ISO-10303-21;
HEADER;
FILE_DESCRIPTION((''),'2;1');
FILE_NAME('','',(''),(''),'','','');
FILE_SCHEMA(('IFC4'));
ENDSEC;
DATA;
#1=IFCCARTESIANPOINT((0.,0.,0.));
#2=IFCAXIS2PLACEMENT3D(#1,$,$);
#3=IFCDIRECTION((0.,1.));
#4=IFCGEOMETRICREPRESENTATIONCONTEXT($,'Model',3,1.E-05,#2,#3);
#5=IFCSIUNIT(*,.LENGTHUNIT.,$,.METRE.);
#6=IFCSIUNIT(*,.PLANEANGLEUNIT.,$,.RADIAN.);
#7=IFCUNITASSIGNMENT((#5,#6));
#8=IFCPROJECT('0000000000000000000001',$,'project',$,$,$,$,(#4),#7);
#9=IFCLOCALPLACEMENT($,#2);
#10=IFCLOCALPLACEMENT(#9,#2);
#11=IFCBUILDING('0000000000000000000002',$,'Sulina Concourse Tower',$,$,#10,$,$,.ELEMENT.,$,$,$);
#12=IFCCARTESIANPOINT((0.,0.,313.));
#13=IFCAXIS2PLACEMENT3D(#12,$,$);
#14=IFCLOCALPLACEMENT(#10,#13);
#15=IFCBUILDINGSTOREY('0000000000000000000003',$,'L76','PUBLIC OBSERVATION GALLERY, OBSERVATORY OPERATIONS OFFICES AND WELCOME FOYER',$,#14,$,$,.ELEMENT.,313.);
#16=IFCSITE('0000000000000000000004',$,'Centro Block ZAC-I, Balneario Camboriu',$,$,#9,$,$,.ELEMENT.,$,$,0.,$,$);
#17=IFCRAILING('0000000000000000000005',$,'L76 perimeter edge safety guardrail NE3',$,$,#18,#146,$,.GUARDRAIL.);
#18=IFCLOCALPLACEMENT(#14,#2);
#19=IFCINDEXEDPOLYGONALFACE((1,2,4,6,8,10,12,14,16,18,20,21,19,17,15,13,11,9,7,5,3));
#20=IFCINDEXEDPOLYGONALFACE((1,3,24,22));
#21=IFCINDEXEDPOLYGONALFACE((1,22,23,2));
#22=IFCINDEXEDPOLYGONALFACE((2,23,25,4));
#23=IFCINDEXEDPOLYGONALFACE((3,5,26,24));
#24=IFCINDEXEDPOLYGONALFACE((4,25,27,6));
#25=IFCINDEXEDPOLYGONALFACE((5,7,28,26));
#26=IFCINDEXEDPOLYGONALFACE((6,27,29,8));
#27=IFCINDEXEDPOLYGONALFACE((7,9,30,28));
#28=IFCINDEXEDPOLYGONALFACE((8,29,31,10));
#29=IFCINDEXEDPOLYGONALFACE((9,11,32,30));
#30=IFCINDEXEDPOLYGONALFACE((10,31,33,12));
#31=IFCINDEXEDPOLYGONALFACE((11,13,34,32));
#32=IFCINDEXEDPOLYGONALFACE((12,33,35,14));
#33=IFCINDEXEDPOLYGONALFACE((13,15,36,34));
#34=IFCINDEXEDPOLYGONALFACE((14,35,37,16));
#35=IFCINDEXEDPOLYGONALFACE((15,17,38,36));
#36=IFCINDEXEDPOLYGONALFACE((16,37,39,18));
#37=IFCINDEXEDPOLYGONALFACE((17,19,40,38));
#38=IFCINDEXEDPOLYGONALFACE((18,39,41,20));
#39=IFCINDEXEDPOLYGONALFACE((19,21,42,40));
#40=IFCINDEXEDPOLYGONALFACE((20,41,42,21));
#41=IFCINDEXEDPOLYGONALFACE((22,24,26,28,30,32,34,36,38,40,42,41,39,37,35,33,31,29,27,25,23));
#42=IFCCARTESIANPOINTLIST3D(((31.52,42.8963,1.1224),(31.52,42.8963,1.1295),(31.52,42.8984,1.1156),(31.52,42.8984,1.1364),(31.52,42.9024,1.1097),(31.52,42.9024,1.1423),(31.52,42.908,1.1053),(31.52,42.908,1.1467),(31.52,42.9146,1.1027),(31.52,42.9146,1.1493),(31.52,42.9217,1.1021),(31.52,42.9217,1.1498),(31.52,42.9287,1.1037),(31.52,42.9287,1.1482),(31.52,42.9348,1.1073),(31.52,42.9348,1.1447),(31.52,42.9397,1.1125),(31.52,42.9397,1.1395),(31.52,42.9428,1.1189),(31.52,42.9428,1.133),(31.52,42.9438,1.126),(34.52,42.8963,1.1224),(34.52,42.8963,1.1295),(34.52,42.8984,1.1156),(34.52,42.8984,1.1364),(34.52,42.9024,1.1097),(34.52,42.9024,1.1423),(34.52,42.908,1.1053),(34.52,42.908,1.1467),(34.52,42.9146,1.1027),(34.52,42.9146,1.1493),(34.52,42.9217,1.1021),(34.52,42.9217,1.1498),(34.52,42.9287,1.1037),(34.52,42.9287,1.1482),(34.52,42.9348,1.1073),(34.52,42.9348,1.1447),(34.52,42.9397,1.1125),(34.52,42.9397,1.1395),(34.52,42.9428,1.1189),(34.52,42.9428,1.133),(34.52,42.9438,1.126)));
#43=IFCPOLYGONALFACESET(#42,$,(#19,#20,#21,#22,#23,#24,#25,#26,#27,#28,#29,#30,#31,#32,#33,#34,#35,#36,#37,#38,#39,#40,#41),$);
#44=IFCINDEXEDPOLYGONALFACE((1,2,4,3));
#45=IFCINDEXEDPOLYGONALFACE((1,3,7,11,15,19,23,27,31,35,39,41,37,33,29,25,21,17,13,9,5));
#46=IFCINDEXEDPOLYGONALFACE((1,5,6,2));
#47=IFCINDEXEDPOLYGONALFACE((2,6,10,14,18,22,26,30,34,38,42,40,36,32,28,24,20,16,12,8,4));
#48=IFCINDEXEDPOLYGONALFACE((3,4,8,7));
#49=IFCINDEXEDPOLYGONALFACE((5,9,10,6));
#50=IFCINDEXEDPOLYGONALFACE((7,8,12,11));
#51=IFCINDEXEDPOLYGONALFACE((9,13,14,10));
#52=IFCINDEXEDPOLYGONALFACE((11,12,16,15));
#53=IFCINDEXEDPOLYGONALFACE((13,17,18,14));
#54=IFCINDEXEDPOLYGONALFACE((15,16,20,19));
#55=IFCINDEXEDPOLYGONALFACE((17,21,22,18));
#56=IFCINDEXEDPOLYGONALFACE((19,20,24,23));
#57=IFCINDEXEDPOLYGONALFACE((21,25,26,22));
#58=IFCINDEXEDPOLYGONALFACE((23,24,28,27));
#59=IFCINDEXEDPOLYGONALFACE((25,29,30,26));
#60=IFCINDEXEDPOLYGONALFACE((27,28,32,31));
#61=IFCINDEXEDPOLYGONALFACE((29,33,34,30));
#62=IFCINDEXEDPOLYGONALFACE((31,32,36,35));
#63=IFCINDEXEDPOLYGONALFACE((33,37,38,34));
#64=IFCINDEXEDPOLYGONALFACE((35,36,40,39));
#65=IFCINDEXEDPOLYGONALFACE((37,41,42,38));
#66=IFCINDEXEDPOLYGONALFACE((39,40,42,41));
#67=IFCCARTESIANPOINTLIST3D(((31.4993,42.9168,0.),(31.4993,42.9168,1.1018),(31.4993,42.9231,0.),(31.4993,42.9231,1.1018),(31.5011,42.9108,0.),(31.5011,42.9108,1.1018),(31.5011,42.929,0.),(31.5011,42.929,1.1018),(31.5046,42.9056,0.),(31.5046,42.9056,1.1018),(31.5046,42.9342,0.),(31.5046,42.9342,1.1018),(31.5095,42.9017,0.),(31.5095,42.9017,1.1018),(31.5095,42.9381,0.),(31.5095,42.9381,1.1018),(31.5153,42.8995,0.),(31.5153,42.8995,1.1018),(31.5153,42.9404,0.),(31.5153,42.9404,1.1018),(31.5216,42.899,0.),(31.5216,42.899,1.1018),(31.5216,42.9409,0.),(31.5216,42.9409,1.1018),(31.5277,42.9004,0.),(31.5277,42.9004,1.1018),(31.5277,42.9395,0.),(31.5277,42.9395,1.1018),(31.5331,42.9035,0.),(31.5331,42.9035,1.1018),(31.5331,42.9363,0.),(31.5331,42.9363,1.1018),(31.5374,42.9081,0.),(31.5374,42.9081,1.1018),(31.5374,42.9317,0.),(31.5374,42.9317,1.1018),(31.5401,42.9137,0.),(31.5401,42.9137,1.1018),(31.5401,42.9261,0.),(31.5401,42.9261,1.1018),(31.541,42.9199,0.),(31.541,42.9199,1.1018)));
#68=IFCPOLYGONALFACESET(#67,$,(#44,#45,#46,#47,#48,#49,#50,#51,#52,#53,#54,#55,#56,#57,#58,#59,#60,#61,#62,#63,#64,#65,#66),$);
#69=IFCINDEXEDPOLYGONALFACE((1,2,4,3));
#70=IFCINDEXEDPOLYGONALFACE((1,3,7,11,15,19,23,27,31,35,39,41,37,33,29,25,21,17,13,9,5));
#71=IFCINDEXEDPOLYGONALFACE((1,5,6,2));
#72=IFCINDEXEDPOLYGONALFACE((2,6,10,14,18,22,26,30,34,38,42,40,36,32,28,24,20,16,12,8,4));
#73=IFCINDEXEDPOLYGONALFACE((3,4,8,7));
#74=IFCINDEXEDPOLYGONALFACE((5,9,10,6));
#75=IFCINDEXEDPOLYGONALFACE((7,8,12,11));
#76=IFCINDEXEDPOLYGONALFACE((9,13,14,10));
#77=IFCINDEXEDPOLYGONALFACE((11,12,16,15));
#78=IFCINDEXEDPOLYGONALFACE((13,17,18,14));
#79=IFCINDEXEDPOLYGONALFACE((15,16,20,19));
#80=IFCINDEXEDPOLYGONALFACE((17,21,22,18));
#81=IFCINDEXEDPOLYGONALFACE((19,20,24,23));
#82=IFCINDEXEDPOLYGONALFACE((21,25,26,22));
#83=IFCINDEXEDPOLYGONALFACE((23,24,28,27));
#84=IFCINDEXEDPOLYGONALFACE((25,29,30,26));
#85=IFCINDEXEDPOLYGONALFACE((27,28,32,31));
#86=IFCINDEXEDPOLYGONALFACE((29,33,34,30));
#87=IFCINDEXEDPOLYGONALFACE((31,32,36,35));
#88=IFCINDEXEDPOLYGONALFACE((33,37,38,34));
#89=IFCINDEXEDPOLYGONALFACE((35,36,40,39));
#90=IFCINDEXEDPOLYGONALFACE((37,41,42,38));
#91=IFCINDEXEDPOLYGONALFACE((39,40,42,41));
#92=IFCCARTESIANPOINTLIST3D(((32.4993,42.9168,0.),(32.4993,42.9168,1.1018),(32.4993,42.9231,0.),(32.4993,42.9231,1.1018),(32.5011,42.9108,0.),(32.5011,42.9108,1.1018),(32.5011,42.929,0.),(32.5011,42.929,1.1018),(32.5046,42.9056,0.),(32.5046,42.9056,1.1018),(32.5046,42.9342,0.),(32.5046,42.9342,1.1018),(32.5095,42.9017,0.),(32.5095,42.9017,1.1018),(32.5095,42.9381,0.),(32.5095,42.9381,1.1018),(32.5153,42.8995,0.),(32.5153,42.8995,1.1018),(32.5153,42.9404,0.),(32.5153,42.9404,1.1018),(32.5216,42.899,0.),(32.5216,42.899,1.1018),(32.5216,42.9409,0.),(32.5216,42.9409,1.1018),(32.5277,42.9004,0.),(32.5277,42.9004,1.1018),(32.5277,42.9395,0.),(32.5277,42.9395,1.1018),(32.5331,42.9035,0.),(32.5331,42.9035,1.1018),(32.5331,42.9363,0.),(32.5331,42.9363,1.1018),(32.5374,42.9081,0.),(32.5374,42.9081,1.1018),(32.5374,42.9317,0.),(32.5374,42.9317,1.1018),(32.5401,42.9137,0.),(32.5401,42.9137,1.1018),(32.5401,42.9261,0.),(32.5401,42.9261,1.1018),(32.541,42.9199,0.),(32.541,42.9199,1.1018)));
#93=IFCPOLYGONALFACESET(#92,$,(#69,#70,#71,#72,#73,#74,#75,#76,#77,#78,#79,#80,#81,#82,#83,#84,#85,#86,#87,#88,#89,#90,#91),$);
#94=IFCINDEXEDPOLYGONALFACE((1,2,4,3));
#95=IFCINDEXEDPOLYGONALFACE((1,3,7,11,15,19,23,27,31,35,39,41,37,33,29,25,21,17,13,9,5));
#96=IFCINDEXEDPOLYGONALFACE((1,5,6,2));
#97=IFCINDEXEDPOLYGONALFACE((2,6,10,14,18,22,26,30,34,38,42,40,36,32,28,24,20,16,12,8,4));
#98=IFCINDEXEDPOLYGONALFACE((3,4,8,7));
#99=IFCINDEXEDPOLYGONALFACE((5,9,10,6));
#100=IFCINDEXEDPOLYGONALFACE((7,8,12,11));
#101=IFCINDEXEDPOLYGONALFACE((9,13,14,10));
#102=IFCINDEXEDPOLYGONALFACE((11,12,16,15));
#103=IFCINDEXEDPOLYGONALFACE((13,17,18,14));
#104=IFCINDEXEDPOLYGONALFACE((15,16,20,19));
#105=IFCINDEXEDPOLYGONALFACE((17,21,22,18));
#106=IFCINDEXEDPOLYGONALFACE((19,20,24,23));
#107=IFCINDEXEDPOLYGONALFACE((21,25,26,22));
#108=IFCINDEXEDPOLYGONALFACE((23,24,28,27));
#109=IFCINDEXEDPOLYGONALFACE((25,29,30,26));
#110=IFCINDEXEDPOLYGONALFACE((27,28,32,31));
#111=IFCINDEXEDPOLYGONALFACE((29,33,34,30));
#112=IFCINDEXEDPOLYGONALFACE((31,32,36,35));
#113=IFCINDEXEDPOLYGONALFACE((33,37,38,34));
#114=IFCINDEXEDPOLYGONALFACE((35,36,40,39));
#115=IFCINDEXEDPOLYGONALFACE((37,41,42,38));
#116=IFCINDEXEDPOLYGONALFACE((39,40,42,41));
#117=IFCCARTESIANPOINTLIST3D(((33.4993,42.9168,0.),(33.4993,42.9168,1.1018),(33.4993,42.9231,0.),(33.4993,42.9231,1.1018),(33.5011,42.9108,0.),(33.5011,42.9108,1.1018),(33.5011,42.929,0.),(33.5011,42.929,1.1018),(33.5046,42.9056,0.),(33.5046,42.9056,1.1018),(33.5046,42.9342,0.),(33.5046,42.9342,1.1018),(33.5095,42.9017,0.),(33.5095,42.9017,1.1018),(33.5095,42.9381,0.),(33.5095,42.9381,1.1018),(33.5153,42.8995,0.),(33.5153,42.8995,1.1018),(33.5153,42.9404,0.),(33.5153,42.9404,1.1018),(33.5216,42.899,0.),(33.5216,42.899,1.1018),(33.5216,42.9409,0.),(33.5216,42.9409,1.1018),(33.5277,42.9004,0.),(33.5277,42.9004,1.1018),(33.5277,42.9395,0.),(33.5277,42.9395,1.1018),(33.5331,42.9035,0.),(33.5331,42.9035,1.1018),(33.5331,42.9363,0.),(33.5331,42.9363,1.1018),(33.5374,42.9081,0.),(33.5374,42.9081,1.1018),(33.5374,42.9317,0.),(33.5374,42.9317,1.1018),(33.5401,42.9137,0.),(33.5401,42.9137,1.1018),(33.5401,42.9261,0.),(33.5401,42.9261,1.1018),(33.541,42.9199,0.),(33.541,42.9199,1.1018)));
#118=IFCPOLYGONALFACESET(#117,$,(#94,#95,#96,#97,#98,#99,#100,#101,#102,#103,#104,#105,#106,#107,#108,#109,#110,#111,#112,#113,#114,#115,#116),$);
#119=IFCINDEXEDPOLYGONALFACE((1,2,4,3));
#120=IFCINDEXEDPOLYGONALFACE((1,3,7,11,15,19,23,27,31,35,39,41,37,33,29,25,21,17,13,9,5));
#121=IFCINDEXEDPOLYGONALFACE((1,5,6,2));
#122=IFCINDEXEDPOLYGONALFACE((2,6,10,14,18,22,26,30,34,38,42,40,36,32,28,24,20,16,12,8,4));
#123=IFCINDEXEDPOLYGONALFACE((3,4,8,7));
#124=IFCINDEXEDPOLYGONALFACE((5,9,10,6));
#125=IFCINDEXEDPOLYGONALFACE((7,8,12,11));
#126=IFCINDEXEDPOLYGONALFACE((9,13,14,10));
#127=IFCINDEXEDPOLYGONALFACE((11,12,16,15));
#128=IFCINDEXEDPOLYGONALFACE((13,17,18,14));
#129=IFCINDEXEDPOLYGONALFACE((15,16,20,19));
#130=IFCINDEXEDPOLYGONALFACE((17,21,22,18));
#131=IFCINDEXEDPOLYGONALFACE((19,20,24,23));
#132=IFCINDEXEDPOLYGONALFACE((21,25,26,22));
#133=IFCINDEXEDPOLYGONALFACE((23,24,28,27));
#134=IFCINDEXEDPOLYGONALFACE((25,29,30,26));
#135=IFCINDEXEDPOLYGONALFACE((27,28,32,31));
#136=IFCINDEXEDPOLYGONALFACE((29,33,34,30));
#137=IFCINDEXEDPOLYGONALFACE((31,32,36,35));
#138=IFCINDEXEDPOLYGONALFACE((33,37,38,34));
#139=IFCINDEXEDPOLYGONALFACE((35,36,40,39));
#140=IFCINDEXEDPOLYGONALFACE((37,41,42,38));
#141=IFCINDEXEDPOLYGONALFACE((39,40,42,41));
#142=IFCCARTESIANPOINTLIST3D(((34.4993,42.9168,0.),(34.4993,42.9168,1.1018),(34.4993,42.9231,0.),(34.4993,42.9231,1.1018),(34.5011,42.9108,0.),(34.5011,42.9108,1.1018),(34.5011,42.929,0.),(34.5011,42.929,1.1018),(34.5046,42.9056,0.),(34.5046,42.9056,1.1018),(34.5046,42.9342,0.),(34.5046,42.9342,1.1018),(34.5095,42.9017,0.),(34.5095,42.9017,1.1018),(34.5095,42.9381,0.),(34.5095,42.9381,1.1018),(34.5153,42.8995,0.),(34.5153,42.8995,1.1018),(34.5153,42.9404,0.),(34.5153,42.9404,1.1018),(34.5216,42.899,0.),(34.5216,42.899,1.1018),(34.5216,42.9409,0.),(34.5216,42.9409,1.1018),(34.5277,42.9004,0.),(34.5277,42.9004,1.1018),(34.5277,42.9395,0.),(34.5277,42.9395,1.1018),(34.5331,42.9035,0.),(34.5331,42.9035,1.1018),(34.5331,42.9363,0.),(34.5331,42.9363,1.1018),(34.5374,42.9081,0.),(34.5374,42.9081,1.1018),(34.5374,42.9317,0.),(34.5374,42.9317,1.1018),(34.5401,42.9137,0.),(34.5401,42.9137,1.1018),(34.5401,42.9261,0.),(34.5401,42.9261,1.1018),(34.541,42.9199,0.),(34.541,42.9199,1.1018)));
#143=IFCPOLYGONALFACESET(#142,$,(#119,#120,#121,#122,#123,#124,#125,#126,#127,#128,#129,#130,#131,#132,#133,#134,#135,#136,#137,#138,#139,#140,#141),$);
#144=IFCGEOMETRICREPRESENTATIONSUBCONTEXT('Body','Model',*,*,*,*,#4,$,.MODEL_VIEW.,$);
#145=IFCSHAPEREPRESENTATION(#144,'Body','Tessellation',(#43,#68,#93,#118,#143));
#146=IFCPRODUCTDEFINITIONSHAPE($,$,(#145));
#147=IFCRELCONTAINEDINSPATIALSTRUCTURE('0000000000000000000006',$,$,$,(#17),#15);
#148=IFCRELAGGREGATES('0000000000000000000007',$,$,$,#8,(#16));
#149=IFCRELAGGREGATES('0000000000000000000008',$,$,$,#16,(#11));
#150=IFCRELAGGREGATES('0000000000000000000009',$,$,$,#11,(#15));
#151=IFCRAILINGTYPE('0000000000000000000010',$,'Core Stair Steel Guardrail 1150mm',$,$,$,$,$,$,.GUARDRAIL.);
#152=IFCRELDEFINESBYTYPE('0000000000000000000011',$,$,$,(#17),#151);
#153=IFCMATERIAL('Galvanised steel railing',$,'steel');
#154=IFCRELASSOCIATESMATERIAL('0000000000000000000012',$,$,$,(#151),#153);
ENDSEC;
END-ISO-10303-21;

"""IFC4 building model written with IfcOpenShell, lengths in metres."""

from ifc_helpers import new_model, si_unit, direction, frame, origin, origin_2d, place, context, subcontext, project, spatial, circle, extrude, material, type_object, element, save


model = new_model("IFC4")

# Units and contexts
model_context = context("Model", 3, precision=1e-05, world=origin(), true_north=direction((0.0, 1.0)))
body_context = subcontext(model_context, "Body", "Model", "MODEL_VIEW")
ifc_project = project(units=[si_unit("LENGTHUNIT", "METRE"), si_unit("PLANEANGLEUNIT", "RADIAN")], contexts=[model_context])

# Site, building, storey
site_placement = place(None, origin())
site = spatial("IfcSite", under=ifc_project, at=site_placement, Name="Centro Block ZAC-I, Balneario Camboriu", CompositionType="ELEMENT", RefElevation=0.0)
building_placement = place(site_placement, origin())
building = spatial("IfcBuilding", under=site, at=building_placement, Name="Sulina Concourse Tower", CompositionType="ELEMENT")
storey_placement = place(building_placement, frame((0.0, 0.0, 313.0)))
storey = spatial("IfcBuildingStorey", under=building, at=storey_placement, Name="L76", Description="PUBLIC OBSERVATION GALLERY, OBSERVATORY OPERATIONS OFFICES AND WELCOME FOYER", CompositionType="ELEMENT", Elevation=313.0)

# Railing
ifc_material_1 = material(Name="Galvanised steel railing", Category="steel")
railing_type = type_object("IfcRailingType", Name="Core Stair Steel Guardrail 1150mm", PredefinedType="GUARDRAIL", material=ifc_material_1)
railing_1_placement = place(storey_placement, frame((31.52, 42.9199, 0.0)))
element("IfcRailing", 1, at=railing_1_placement, inside=storey, type_object=railing_type, Name="L76 perimeter edge safety guardrail NE3", PredefinedType="GUARDRAIL", context=body_context, shape_type="SweptSolid", body=[
    extrude(circle(Radius=0.0239, at=origin_2d()), frame((0.0, 0.0, 1.126), z_axis=(1.0, 0.0, 0.0), x_axis=(0.0, 1.0, 0.0)), (0.0, 0.0, 1.0), 3.0),
    extrude(circle(Radius=0.021, at=origin_2d()), origin(), (0.0, 0.0, 1.0), 1.1018),
    extrude(circle(Radius=0.021, at=origin_2d()), frame((1.0, 0.0, 0.0)), (0.0, 0.0, 1.0), 1.1018),
    extrude(circle(Radius=0.021, at=origin_2d()), frame((2.0, 0.0, 0.0)), (0.0, 0.0, 1.0), 1.1018),
    extrude(circle(Radius=0.021, at=origin_2d()), frame((3.0, 0.0, 0.0)), (0.0, 0.0, 1.0), 1.1018),
])

save(model, "model.ifc")
